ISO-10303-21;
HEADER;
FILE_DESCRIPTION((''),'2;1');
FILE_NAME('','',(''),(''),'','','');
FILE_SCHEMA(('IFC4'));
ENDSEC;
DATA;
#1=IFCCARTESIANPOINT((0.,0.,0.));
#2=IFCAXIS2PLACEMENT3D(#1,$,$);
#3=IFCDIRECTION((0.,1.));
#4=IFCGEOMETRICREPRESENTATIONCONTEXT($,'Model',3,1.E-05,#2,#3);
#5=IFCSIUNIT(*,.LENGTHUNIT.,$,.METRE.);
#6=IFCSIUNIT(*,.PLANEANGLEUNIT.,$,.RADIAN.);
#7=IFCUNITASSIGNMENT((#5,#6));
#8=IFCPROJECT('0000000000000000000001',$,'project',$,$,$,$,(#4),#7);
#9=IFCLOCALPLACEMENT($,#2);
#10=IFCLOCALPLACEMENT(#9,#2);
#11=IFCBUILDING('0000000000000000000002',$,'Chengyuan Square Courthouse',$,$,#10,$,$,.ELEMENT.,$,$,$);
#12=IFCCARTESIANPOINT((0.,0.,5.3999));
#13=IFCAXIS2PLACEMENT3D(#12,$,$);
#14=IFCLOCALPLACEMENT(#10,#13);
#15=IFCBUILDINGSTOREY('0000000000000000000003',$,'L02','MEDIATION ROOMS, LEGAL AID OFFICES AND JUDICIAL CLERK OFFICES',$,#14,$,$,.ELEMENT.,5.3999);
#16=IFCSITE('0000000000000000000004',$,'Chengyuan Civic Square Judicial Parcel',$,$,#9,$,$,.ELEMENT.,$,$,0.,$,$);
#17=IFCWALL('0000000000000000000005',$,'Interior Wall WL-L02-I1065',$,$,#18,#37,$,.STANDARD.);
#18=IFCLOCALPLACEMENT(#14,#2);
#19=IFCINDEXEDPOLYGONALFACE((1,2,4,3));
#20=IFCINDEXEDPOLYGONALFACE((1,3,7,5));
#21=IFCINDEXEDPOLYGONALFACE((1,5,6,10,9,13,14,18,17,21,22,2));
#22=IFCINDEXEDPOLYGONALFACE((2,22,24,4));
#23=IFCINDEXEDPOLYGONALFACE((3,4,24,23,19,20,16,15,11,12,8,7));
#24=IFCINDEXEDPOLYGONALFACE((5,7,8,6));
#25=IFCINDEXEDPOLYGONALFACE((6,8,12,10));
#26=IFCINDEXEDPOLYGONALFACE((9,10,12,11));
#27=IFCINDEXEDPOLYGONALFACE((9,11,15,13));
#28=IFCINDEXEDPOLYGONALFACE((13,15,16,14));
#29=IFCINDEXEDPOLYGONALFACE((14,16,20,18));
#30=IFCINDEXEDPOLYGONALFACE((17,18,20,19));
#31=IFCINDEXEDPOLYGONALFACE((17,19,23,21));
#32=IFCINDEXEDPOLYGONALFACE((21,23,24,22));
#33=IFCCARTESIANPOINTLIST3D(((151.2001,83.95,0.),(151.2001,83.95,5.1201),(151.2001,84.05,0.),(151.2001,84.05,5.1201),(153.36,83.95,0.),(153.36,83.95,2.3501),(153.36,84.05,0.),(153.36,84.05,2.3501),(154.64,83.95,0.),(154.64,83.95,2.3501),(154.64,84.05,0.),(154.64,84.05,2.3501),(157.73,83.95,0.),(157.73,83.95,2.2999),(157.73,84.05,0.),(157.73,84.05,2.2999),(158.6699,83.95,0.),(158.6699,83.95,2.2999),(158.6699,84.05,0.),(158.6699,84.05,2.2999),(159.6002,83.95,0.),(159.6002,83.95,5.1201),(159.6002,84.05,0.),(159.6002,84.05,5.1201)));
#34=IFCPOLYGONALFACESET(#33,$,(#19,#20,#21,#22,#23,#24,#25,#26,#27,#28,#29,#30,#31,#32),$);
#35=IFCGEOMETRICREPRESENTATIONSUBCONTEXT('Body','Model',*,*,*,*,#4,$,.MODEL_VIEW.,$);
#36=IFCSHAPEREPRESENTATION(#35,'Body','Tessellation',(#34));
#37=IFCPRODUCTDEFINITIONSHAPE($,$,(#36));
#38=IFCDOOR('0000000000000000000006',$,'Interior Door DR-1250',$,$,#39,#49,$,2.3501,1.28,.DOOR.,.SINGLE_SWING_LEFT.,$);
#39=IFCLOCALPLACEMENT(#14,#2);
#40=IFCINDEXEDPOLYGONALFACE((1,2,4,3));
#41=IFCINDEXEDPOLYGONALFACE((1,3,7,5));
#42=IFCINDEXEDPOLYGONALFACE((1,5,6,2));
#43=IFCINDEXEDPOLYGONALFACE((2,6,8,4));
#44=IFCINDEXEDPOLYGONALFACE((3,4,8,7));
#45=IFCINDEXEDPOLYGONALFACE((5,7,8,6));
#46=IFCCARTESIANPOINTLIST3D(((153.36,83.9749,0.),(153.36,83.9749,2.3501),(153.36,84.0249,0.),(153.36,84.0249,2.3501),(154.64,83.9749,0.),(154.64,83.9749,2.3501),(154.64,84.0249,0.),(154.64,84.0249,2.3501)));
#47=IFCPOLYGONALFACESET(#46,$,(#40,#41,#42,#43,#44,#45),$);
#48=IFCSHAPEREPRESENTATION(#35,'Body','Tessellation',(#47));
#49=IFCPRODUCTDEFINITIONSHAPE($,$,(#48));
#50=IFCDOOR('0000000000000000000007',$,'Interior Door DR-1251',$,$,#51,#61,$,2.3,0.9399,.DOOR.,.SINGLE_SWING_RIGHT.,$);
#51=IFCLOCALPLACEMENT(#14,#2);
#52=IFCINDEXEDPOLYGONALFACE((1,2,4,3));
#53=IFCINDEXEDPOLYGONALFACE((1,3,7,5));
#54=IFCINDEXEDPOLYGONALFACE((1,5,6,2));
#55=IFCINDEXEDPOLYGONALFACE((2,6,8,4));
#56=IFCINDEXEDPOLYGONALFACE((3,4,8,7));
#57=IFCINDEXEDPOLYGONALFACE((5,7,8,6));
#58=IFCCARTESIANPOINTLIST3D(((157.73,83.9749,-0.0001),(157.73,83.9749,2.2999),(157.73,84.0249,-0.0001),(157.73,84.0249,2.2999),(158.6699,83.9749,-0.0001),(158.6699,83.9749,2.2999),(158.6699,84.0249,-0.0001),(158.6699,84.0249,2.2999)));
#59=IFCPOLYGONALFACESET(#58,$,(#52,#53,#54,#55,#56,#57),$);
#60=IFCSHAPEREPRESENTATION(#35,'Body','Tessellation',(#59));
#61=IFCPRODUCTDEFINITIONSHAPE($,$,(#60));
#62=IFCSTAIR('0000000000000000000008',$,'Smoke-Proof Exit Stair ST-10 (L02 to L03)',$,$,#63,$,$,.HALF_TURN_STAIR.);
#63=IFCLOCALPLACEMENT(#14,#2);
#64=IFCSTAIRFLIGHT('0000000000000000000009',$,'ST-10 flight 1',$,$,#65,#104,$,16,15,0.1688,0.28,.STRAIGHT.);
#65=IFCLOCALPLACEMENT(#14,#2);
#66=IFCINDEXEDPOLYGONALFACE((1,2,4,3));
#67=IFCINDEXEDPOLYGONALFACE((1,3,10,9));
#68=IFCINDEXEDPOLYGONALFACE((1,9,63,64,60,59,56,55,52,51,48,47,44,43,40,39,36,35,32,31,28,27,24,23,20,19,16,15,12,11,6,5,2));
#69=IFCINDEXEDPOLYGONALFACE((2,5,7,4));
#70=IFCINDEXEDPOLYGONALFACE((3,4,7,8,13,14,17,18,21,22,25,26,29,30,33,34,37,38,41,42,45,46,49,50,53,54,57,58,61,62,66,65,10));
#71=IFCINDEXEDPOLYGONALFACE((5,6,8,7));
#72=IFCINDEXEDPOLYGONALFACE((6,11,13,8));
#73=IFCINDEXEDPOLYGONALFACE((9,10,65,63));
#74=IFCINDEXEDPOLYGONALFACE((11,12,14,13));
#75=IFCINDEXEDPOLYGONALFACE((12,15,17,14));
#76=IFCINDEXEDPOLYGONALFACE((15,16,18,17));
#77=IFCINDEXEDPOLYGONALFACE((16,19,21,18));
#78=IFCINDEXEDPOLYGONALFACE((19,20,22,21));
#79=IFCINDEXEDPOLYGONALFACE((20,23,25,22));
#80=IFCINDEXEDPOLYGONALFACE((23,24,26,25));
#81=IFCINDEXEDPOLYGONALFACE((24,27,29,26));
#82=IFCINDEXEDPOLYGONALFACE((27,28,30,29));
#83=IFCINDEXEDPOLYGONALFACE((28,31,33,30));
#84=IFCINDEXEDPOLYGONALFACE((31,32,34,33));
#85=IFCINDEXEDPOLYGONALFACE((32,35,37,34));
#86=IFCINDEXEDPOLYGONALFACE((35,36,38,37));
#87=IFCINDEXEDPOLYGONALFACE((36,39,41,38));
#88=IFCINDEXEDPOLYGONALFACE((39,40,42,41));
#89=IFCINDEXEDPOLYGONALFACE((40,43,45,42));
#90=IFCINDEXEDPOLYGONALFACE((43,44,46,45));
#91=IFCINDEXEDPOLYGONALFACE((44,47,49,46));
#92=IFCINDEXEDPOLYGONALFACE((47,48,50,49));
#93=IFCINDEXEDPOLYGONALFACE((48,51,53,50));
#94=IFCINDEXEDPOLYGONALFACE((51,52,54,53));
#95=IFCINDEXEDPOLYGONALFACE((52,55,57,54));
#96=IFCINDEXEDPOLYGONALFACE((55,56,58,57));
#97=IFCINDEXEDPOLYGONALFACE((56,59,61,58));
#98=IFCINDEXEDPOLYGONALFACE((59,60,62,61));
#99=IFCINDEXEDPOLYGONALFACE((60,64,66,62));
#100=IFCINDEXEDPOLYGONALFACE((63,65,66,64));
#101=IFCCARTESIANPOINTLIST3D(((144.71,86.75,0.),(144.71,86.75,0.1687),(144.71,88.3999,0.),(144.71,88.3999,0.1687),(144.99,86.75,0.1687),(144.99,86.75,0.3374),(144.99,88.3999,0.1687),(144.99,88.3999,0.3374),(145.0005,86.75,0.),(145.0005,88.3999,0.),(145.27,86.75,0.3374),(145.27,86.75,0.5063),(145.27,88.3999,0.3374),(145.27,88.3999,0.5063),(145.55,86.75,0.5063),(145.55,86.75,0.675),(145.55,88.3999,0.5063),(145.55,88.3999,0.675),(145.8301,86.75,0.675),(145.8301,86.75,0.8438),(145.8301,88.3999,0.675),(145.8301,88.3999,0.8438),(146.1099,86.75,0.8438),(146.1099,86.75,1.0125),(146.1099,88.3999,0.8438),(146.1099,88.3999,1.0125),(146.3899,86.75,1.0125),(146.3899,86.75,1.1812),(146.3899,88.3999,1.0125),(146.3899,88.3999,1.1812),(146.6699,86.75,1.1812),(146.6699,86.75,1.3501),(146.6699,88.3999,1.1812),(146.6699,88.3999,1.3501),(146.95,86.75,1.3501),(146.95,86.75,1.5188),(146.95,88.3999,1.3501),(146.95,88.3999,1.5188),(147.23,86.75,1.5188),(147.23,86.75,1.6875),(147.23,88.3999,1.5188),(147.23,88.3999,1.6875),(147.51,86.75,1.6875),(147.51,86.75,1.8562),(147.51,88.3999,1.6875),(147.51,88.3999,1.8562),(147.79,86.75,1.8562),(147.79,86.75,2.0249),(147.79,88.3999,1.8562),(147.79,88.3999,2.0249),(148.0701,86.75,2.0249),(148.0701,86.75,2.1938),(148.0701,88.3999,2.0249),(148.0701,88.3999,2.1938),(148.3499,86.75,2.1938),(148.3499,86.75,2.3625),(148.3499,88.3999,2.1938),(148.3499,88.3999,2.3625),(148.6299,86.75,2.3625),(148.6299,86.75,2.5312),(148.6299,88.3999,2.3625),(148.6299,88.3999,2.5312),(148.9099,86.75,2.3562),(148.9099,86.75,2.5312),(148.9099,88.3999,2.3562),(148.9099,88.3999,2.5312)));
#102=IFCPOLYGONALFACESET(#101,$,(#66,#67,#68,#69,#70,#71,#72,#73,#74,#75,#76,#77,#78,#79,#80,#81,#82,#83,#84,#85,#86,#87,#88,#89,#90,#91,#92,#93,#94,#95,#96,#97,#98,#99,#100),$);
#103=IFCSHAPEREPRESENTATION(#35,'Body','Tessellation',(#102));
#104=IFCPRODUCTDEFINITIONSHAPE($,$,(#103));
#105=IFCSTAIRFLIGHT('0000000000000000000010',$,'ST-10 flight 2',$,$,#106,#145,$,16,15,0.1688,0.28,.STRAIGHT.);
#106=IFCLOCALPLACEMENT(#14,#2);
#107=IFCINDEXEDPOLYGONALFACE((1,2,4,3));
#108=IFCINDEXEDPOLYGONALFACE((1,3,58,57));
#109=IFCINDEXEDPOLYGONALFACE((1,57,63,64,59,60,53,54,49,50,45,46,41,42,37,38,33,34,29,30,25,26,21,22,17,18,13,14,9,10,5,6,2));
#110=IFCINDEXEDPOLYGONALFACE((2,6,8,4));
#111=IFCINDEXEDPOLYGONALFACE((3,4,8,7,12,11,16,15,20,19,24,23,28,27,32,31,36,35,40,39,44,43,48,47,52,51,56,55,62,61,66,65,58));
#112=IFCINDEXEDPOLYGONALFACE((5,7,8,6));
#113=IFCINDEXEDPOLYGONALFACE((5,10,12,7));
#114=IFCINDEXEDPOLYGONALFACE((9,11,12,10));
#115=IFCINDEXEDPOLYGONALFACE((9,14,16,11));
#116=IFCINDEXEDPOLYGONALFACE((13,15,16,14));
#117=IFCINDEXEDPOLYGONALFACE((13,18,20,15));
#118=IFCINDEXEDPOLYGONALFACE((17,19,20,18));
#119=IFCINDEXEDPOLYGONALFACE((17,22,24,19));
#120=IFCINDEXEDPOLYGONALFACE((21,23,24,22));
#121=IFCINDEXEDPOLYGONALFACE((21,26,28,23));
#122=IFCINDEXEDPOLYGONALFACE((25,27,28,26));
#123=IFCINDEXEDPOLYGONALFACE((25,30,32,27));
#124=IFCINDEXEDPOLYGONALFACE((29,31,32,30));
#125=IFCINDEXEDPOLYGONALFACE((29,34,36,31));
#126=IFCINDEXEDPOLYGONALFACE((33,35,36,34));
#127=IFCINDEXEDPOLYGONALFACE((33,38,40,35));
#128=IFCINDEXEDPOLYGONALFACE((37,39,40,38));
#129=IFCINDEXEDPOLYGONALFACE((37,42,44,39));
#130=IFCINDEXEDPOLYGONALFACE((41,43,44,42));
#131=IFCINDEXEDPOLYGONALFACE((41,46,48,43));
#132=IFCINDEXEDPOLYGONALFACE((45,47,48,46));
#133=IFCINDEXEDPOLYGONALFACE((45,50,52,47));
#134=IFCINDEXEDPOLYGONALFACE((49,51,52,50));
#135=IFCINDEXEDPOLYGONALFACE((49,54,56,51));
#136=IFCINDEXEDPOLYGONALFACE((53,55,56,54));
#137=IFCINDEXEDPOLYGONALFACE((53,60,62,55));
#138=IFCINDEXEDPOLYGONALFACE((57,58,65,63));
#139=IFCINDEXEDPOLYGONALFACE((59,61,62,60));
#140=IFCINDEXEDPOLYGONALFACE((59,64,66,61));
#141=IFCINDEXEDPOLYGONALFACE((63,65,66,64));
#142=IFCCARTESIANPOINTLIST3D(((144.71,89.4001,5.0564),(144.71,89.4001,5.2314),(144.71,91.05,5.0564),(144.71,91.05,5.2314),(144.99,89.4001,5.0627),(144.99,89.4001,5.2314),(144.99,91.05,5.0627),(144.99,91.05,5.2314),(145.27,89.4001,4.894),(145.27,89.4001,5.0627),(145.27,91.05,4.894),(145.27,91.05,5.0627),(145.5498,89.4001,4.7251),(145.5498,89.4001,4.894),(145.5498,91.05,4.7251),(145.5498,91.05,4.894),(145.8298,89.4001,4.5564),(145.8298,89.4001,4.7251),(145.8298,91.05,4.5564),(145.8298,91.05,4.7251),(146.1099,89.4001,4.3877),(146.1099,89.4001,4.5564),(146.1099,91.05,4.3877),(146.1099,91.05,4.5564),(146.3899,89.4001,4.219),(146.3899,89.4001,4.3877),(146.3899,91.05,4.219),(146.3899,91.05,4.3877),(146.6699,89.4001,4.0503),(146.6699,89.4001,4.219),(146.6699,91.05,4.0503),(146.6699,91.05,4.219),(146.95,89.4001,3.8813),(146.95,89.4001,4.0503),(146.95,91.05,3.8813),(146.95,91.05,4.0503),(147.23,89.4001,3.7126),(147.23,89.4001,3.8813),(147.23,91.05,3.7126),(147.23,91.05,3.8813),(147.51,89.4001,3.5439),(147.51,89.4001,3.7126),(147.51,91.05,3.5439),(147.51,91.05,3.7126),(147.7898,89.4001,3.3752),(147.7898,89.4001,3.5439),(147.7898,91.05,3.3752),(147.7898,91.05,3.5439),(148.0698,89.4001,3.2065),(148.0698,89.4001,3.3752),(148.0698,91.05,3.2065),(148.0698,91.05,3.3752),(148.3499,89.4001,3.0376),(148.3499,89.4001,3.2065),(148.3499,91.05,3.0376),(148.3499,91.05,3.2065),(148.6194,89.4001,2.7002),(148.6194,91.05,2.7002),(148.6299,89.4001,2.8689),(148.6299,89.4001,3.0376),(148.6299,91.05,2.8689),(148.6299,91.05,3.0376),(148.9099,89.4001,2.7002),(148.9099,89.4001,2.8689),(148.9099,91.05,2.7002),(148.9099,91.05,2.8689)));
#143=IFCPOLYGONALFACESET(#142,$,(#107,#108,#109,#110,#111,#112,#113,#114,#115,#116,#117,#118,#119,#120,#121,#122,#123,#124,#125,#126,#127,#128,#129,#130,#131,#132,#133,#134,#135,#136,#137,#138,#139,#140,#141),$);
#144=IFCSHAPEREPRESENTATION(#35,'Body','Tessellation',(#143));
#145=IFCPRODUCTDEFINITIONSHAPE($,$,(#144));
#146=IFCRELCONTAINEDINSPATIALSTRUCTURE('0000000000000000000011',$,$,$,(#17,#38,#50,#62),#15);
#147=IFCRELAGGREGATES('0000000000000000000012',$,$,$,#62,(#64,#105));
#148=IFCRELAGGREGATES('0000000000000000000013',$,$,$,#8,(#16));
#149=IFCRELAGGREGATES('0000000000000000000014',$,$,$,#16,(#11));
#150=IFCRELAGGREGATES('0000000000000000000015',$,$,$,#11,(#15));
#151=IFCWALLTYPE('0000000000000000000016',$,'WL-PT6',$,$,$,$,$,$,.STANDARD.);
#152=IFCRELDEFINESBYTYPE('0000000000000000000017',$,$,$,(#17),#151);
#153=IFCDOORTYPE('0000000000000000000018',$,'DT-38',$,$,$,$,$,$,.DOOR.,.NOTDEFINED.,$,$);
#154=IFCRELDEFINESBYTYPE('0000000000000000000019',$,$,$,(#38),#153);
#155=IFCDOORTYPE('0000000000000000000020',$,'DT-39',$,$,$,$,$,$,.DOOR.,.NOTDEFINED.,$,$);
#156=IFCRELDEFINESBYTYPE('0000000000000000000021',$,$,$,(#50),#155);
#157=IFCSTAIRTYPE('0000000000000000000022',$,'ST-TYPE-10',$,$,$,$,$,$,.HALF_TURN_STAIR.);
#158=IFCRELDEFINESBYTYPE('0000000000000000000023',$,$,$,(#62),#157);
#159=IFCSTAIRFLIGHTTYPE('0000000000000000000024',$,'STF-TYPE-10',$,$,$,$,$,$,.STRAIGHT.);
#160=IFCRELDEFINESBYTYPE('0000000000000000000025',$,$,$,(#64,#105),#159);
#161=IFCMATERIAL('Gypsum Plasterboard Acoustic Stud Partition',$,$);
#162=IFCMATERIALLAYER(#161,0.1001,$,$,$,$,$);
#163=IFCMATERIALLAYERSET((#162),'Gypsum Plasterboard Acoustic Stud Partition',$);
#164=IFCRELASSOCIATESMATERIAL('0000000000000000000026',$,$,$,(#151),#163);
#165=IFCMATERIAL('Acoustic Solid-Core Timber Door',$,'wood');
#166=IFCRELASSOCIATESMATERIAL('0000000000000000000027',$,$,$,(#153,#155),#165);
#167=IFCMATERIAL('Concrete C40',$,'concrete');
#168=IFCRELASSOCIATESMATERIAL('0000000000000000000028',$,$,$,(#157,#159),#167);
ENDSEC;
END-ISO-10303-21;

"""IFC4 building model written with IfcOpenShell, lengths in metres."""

from ifc_helpers import new_model, si_unit, direction, frame, frame_2d, origin, place, context, subcontext, project, spatial, polyline, rectangle, outline, extrude, material, layer, layer_set, type_object, element, fill, aggregate, save


model = new_model("IFC4")

# Units and contexts
model_context = context("Model", 3, precision=1e-05, world=origin(), true_north=direction((0.0, 1.0)))
body_context = subcontext(model_context, "Body", "Model", "MODEL_VIEW")
ifc_project = project(units=[si_unit("LENGTHUNIT", "METRE"), si_unit("PLANEANGLEUNIT", "RADIAN")], contexts=[model_context])

# Site, building, storey
site_placement = place(None, origin())
site = spatial("IfcSite", under=ifc_project, at=site_placement, Name="Chengyuan Civic Square Judicial Parcel", CompositionType="ELEMENT", RefElevation=0.0)
building_placement = place(site_placement, origin())
building = spatial("IfcBuilding", under=site, at=building_placement, Name="Chengyuan Square Courthouse", CompositionType="ELEMENT")
storey_placement = place(building_placement, frame((0.0, 0.0, 5.3999)))
storey = spatial("IfcBuildingStorey", under=building, at=storey_placement, Name="L02", Description="MEDIATION ROOMS, LEGAL AID OFFICES AND JUDICIAL CLERK OFFICES", CompositionType="ELEMENT", Elevation=5.3999)

# Shared definitions
ifc_material_1 = material(Name="Concrete C40", Category="concrete")

# Wall, openings, doors
ifc_material_2 = material(Name="Gypsum Plasterboard Acoustic Stud Partition")
ifc_layer_1 = layer(ifc_material_2, 0.1001)
ifc_layer_set_1 = layer_set([ifc_layer_1], Name="Gypsum Plasterboard Acoustic Stud Partition")
wall_type_1 = type_object("IfcWallType", Name="WL-PT6", PredefinedType="STANDARD", material=ifc_layer_set_1)
wall_1_placement = place(storey_placement, frame((151.2, 84.0, 0.0), z_axis=(0.0, 0.0, 1.0), x_axis=(1.0, 0.0, 0.0)))
wall_1 = element("IfcWall", 1, at=wall_1_placement, inside=storey, type_object=wall_type_1, Name="Interior Wall WL-L02-I1065", PredefinedType="STANDARD", context=body_context, shape_type="SweptSolid", body=[
    extrude(rectangle(XDim=8.4001, YDim=0.1001, at=frame_2d((4.2002, 0.0))), origin(), (0.0, 0.0, 1.0), 5.1201),
])
opening_1_placement = place(wall_1_placement, frame((2.1599, 0.0, 0.0)))
opening_1 = element("IfcOpeningElement", 2, at=opening_1_placement, cuts=wall_1, PredefinedType="OPENING", context=body_context, shape_type="SweptSolid", body=[
    extrude(rectangle(XDim=1.28, YDim=2.3501, at=frame_2d((0.6401, 1.175))), frame((0.0, 0.062, 0.0), z_axis=(0.0, -1.0, 0.0), x_axis=(1.0, 0.0, 0.0)), (0.0, 0.0, 1.0), 0.124),
])
opening_2_placement = place(wall_1_placement, frame((6.53, 0.0, 0.0)))
opening_2 = element("IfcOpeningElement", 3, at=opening_2_placement, cuts=wall_1, PredefinedType="OPENING", context=body_context, shape_type="SweptSolid", body=[
    extrude(rectangle(XDim=0.9399, YDim=2.3, at=frame_2d((0.47, 1.1499))), frame((0.0, 0.062, 0.0), z_axis=(0.0, -1.0, 0.0), x_axis=(1.0, 0.0, 0.0)), (0.0, 0.0, 1.0), 0.124),
])
ifc_material_3 = material(Name="Acoustic Solid-Core Timber Door", Category="wood")
door_type_1 = type_object("IfcDoorType", Name="DT-38", OperationType="NOTDEFINED", PredefinedType="DOOR", material=ifc_material_3)
door_1_placement = place(opening_1_placement, origin())
door_1 = element("IfcDoor", 4, at=door_1_placement, inside=storey, type_object=door_type_1, Name="Interior Door DR-1250", OperationType="SINGLE_SWING_LEFT", OverallHeight=2.3501, OverallWidth=1.28, PredefinedType="DOOR", context=body_context, shape_type="SweptSolid", body=[
    extrude(rectangle(XDim=1.28, YDim=2.3501, at=frame_2d((0.6401, 1.175))), frame((0.0, 0.0249, 0.0), z_axis=(0.0, -1.0, 0.0), x_axis=(1.0, 0.0, 0.0)), (0.0, 0.0, 1.0), 0.05),
])
fill(opening_1, door_1)
door_type_2 = type_object("IfcDoorType", Name="DT-39", OperationType="NOTDEFINED", PredefinedType="DOOR", material=ifc_material_3)
door_2_placement = place(opening_2_placement, origin())
door_2 = element("IfcDoor", 5, at=door_2_placement, inside=storey, type_object=door_type_2, Name="Interior Door DR-1251", OperationType="SINGLE_SWING_RIGHT", OverallHeight=2.3, OverallWidth=0.9399, PredefinedType="DOOR", context=body_context, shape_type="SweptSolid", body=[
    extrude(rectangle(XDim=0.9399, YDim=2.3, at=frame_2d((0.47, 1.1499))), frame((0.0, 0.0249, 0.0), z_axis=(0.0, -1.0, 0.0), x_axis=(1.0, 0.0, 0.0)), (0.0, 0.0, 1.0), 0.05),
])
fill(opening_2, door_2)

# Stair, stair flights
stair_type = type_object("IfcStairType", Name="ST-TYPE-10", PredefinedType="HALF_TURN_STAIR", material=ifc_material_1)
stair_placement = place(storey_placement, origin())
stair = element("IfcStair", 6, at=stair_placement, inside=storey, type_object=stair_type, Name="Smoke-Proof Exit Stair ST-10 (L02 to L03)", PredefinedType="HALF_TURN_STAIR")
stair_flight_type = type_object("IfcStairFlightType", Name="STF-TYPE-10", PredefinedType="STRAIGHT", material=ifc_material_1)
stair_flight_1_placement = place(storey_placement, frame((144.71, 87.575, 0.0), z_axis=(0.0, 0.0, 1.0), x_axis=(1.0, 0.0, 0.0)))
stair_flight_1 = element("IfcStairFlight", 7, at=stair_flight_1_placement, type_object=stair_flight_type, Name="ST-10 flight 1", NumberOfRisers=16, NumberOfTreads=15, PredefinedType="STRAIGHT", RiserHeight=0.1688, TreadLength=0.28, context=body_context, shape_type="SweptSolid", body=[
    extrude(outline(polyline([(0.0, 0.0), (0.0, 0.1687), (0.28, 0.1687), (0.28, 0.3374), (0.5601, 0.3374), (0.5601, 0.5063), (0.8401, 0.5063), (0.8401, 0.675), (1.1201, 0.675), (1.1201, 0.8438), (1.3999, 0.8438), (1.3999, 1.0125), (1.6799, 1.0125), (1.6799, 1.1812), (1.96, 1.1812), (1.96, 1.3501), (2.24, 1.3501), (2.24, 1.5188), (2.52, 1.5188), (2.52, 1.6875), (2.8, 1.6875), (2.8, 1.8562), (3.0801, 1.8562), (3.0801, 2.0249), (3.3601, 2.0249), (3.3601, 2.1938), (3.6399, 2.1938), (3.6399, 2.3625), (3.9199, 2.3625), (3.9199, 2.5312), (4.2, 2.5312), (4.2, 2.7), (4.2, 2.3562), (0.2905, 0.0), (0.0, 0.0)])), frame((0.0, 0.825, 0.0), z_axis=(0.0, -1.0, 0.0), x_axis=(1.0, 0.0, 0.0)), (0.0, 0.0, 1.0), 1.6499),
])
stair_flight_2_placement = place(storey_placement, frame((148.9099, 90.2251, 2.7002), z_axis=(0.0, 0.0, 1.0), x_axis=(-1.0, 0.0, 0.0)))
stair_flight_2 = element("IfcStairFlight", 8, at=stair_flight_2_placement, type_object=stair_flight_type, Name="ST-10 flight 2", NumberOfRisers=16, NumberOfTreads=15, PredefinedType="STRAIGHT", RiserHeight=0.1688, TreadLength=0.28, context=body_context, shape_type="SweptSolid", body=[
    extrude(outline(polyline([(0.0, 0.0), (0.0, 0.1687), (0.28, 0.1687), (0.28, 0.3374), (0.5601, 0.3374), (0.5601, 0.5063), (0.8401, 0.5063), (0.8401, 0.675), (1.1201, 0.675), (1.1201, 0.8438), (1.3999, 0.8438), (1.3999, 1.0125), (1.6799, 1.0125), (1.6799, 1.1812), (1.96, 1.1812), (1.96, 1.3501), (2.24, 1.3501), (2.24, 1.5188), (2.52, 1.5188), (2.52, 1.6875), (2.8, 1.6875), (2.8, 1.8562), (3.0801, 1.8562), (3.0801, 2.0249), (3.3601, 2.0249), (3.3601, 2.1938), (3.6399, 2.1938), (3.6399, 2.3625), (3.9199, 2.3625), (3.9199, 2.5312), (4.2, 2.5312), (4.2, 2.7), (4.2, 2.3562), (0.2905, 0.0), (0.0, 0.0)])), frame((0.0, 0.825, 0.0), z_axis=(0.0, -1.0, 0.0), x_axis=(1.0, 0.0, 0.0)), (0.0, 0.0, 1.0), 1.6499),
])
aggregate(stair, [stair_flight_1, stair_flight_2])

save(model, "model.ifc")
